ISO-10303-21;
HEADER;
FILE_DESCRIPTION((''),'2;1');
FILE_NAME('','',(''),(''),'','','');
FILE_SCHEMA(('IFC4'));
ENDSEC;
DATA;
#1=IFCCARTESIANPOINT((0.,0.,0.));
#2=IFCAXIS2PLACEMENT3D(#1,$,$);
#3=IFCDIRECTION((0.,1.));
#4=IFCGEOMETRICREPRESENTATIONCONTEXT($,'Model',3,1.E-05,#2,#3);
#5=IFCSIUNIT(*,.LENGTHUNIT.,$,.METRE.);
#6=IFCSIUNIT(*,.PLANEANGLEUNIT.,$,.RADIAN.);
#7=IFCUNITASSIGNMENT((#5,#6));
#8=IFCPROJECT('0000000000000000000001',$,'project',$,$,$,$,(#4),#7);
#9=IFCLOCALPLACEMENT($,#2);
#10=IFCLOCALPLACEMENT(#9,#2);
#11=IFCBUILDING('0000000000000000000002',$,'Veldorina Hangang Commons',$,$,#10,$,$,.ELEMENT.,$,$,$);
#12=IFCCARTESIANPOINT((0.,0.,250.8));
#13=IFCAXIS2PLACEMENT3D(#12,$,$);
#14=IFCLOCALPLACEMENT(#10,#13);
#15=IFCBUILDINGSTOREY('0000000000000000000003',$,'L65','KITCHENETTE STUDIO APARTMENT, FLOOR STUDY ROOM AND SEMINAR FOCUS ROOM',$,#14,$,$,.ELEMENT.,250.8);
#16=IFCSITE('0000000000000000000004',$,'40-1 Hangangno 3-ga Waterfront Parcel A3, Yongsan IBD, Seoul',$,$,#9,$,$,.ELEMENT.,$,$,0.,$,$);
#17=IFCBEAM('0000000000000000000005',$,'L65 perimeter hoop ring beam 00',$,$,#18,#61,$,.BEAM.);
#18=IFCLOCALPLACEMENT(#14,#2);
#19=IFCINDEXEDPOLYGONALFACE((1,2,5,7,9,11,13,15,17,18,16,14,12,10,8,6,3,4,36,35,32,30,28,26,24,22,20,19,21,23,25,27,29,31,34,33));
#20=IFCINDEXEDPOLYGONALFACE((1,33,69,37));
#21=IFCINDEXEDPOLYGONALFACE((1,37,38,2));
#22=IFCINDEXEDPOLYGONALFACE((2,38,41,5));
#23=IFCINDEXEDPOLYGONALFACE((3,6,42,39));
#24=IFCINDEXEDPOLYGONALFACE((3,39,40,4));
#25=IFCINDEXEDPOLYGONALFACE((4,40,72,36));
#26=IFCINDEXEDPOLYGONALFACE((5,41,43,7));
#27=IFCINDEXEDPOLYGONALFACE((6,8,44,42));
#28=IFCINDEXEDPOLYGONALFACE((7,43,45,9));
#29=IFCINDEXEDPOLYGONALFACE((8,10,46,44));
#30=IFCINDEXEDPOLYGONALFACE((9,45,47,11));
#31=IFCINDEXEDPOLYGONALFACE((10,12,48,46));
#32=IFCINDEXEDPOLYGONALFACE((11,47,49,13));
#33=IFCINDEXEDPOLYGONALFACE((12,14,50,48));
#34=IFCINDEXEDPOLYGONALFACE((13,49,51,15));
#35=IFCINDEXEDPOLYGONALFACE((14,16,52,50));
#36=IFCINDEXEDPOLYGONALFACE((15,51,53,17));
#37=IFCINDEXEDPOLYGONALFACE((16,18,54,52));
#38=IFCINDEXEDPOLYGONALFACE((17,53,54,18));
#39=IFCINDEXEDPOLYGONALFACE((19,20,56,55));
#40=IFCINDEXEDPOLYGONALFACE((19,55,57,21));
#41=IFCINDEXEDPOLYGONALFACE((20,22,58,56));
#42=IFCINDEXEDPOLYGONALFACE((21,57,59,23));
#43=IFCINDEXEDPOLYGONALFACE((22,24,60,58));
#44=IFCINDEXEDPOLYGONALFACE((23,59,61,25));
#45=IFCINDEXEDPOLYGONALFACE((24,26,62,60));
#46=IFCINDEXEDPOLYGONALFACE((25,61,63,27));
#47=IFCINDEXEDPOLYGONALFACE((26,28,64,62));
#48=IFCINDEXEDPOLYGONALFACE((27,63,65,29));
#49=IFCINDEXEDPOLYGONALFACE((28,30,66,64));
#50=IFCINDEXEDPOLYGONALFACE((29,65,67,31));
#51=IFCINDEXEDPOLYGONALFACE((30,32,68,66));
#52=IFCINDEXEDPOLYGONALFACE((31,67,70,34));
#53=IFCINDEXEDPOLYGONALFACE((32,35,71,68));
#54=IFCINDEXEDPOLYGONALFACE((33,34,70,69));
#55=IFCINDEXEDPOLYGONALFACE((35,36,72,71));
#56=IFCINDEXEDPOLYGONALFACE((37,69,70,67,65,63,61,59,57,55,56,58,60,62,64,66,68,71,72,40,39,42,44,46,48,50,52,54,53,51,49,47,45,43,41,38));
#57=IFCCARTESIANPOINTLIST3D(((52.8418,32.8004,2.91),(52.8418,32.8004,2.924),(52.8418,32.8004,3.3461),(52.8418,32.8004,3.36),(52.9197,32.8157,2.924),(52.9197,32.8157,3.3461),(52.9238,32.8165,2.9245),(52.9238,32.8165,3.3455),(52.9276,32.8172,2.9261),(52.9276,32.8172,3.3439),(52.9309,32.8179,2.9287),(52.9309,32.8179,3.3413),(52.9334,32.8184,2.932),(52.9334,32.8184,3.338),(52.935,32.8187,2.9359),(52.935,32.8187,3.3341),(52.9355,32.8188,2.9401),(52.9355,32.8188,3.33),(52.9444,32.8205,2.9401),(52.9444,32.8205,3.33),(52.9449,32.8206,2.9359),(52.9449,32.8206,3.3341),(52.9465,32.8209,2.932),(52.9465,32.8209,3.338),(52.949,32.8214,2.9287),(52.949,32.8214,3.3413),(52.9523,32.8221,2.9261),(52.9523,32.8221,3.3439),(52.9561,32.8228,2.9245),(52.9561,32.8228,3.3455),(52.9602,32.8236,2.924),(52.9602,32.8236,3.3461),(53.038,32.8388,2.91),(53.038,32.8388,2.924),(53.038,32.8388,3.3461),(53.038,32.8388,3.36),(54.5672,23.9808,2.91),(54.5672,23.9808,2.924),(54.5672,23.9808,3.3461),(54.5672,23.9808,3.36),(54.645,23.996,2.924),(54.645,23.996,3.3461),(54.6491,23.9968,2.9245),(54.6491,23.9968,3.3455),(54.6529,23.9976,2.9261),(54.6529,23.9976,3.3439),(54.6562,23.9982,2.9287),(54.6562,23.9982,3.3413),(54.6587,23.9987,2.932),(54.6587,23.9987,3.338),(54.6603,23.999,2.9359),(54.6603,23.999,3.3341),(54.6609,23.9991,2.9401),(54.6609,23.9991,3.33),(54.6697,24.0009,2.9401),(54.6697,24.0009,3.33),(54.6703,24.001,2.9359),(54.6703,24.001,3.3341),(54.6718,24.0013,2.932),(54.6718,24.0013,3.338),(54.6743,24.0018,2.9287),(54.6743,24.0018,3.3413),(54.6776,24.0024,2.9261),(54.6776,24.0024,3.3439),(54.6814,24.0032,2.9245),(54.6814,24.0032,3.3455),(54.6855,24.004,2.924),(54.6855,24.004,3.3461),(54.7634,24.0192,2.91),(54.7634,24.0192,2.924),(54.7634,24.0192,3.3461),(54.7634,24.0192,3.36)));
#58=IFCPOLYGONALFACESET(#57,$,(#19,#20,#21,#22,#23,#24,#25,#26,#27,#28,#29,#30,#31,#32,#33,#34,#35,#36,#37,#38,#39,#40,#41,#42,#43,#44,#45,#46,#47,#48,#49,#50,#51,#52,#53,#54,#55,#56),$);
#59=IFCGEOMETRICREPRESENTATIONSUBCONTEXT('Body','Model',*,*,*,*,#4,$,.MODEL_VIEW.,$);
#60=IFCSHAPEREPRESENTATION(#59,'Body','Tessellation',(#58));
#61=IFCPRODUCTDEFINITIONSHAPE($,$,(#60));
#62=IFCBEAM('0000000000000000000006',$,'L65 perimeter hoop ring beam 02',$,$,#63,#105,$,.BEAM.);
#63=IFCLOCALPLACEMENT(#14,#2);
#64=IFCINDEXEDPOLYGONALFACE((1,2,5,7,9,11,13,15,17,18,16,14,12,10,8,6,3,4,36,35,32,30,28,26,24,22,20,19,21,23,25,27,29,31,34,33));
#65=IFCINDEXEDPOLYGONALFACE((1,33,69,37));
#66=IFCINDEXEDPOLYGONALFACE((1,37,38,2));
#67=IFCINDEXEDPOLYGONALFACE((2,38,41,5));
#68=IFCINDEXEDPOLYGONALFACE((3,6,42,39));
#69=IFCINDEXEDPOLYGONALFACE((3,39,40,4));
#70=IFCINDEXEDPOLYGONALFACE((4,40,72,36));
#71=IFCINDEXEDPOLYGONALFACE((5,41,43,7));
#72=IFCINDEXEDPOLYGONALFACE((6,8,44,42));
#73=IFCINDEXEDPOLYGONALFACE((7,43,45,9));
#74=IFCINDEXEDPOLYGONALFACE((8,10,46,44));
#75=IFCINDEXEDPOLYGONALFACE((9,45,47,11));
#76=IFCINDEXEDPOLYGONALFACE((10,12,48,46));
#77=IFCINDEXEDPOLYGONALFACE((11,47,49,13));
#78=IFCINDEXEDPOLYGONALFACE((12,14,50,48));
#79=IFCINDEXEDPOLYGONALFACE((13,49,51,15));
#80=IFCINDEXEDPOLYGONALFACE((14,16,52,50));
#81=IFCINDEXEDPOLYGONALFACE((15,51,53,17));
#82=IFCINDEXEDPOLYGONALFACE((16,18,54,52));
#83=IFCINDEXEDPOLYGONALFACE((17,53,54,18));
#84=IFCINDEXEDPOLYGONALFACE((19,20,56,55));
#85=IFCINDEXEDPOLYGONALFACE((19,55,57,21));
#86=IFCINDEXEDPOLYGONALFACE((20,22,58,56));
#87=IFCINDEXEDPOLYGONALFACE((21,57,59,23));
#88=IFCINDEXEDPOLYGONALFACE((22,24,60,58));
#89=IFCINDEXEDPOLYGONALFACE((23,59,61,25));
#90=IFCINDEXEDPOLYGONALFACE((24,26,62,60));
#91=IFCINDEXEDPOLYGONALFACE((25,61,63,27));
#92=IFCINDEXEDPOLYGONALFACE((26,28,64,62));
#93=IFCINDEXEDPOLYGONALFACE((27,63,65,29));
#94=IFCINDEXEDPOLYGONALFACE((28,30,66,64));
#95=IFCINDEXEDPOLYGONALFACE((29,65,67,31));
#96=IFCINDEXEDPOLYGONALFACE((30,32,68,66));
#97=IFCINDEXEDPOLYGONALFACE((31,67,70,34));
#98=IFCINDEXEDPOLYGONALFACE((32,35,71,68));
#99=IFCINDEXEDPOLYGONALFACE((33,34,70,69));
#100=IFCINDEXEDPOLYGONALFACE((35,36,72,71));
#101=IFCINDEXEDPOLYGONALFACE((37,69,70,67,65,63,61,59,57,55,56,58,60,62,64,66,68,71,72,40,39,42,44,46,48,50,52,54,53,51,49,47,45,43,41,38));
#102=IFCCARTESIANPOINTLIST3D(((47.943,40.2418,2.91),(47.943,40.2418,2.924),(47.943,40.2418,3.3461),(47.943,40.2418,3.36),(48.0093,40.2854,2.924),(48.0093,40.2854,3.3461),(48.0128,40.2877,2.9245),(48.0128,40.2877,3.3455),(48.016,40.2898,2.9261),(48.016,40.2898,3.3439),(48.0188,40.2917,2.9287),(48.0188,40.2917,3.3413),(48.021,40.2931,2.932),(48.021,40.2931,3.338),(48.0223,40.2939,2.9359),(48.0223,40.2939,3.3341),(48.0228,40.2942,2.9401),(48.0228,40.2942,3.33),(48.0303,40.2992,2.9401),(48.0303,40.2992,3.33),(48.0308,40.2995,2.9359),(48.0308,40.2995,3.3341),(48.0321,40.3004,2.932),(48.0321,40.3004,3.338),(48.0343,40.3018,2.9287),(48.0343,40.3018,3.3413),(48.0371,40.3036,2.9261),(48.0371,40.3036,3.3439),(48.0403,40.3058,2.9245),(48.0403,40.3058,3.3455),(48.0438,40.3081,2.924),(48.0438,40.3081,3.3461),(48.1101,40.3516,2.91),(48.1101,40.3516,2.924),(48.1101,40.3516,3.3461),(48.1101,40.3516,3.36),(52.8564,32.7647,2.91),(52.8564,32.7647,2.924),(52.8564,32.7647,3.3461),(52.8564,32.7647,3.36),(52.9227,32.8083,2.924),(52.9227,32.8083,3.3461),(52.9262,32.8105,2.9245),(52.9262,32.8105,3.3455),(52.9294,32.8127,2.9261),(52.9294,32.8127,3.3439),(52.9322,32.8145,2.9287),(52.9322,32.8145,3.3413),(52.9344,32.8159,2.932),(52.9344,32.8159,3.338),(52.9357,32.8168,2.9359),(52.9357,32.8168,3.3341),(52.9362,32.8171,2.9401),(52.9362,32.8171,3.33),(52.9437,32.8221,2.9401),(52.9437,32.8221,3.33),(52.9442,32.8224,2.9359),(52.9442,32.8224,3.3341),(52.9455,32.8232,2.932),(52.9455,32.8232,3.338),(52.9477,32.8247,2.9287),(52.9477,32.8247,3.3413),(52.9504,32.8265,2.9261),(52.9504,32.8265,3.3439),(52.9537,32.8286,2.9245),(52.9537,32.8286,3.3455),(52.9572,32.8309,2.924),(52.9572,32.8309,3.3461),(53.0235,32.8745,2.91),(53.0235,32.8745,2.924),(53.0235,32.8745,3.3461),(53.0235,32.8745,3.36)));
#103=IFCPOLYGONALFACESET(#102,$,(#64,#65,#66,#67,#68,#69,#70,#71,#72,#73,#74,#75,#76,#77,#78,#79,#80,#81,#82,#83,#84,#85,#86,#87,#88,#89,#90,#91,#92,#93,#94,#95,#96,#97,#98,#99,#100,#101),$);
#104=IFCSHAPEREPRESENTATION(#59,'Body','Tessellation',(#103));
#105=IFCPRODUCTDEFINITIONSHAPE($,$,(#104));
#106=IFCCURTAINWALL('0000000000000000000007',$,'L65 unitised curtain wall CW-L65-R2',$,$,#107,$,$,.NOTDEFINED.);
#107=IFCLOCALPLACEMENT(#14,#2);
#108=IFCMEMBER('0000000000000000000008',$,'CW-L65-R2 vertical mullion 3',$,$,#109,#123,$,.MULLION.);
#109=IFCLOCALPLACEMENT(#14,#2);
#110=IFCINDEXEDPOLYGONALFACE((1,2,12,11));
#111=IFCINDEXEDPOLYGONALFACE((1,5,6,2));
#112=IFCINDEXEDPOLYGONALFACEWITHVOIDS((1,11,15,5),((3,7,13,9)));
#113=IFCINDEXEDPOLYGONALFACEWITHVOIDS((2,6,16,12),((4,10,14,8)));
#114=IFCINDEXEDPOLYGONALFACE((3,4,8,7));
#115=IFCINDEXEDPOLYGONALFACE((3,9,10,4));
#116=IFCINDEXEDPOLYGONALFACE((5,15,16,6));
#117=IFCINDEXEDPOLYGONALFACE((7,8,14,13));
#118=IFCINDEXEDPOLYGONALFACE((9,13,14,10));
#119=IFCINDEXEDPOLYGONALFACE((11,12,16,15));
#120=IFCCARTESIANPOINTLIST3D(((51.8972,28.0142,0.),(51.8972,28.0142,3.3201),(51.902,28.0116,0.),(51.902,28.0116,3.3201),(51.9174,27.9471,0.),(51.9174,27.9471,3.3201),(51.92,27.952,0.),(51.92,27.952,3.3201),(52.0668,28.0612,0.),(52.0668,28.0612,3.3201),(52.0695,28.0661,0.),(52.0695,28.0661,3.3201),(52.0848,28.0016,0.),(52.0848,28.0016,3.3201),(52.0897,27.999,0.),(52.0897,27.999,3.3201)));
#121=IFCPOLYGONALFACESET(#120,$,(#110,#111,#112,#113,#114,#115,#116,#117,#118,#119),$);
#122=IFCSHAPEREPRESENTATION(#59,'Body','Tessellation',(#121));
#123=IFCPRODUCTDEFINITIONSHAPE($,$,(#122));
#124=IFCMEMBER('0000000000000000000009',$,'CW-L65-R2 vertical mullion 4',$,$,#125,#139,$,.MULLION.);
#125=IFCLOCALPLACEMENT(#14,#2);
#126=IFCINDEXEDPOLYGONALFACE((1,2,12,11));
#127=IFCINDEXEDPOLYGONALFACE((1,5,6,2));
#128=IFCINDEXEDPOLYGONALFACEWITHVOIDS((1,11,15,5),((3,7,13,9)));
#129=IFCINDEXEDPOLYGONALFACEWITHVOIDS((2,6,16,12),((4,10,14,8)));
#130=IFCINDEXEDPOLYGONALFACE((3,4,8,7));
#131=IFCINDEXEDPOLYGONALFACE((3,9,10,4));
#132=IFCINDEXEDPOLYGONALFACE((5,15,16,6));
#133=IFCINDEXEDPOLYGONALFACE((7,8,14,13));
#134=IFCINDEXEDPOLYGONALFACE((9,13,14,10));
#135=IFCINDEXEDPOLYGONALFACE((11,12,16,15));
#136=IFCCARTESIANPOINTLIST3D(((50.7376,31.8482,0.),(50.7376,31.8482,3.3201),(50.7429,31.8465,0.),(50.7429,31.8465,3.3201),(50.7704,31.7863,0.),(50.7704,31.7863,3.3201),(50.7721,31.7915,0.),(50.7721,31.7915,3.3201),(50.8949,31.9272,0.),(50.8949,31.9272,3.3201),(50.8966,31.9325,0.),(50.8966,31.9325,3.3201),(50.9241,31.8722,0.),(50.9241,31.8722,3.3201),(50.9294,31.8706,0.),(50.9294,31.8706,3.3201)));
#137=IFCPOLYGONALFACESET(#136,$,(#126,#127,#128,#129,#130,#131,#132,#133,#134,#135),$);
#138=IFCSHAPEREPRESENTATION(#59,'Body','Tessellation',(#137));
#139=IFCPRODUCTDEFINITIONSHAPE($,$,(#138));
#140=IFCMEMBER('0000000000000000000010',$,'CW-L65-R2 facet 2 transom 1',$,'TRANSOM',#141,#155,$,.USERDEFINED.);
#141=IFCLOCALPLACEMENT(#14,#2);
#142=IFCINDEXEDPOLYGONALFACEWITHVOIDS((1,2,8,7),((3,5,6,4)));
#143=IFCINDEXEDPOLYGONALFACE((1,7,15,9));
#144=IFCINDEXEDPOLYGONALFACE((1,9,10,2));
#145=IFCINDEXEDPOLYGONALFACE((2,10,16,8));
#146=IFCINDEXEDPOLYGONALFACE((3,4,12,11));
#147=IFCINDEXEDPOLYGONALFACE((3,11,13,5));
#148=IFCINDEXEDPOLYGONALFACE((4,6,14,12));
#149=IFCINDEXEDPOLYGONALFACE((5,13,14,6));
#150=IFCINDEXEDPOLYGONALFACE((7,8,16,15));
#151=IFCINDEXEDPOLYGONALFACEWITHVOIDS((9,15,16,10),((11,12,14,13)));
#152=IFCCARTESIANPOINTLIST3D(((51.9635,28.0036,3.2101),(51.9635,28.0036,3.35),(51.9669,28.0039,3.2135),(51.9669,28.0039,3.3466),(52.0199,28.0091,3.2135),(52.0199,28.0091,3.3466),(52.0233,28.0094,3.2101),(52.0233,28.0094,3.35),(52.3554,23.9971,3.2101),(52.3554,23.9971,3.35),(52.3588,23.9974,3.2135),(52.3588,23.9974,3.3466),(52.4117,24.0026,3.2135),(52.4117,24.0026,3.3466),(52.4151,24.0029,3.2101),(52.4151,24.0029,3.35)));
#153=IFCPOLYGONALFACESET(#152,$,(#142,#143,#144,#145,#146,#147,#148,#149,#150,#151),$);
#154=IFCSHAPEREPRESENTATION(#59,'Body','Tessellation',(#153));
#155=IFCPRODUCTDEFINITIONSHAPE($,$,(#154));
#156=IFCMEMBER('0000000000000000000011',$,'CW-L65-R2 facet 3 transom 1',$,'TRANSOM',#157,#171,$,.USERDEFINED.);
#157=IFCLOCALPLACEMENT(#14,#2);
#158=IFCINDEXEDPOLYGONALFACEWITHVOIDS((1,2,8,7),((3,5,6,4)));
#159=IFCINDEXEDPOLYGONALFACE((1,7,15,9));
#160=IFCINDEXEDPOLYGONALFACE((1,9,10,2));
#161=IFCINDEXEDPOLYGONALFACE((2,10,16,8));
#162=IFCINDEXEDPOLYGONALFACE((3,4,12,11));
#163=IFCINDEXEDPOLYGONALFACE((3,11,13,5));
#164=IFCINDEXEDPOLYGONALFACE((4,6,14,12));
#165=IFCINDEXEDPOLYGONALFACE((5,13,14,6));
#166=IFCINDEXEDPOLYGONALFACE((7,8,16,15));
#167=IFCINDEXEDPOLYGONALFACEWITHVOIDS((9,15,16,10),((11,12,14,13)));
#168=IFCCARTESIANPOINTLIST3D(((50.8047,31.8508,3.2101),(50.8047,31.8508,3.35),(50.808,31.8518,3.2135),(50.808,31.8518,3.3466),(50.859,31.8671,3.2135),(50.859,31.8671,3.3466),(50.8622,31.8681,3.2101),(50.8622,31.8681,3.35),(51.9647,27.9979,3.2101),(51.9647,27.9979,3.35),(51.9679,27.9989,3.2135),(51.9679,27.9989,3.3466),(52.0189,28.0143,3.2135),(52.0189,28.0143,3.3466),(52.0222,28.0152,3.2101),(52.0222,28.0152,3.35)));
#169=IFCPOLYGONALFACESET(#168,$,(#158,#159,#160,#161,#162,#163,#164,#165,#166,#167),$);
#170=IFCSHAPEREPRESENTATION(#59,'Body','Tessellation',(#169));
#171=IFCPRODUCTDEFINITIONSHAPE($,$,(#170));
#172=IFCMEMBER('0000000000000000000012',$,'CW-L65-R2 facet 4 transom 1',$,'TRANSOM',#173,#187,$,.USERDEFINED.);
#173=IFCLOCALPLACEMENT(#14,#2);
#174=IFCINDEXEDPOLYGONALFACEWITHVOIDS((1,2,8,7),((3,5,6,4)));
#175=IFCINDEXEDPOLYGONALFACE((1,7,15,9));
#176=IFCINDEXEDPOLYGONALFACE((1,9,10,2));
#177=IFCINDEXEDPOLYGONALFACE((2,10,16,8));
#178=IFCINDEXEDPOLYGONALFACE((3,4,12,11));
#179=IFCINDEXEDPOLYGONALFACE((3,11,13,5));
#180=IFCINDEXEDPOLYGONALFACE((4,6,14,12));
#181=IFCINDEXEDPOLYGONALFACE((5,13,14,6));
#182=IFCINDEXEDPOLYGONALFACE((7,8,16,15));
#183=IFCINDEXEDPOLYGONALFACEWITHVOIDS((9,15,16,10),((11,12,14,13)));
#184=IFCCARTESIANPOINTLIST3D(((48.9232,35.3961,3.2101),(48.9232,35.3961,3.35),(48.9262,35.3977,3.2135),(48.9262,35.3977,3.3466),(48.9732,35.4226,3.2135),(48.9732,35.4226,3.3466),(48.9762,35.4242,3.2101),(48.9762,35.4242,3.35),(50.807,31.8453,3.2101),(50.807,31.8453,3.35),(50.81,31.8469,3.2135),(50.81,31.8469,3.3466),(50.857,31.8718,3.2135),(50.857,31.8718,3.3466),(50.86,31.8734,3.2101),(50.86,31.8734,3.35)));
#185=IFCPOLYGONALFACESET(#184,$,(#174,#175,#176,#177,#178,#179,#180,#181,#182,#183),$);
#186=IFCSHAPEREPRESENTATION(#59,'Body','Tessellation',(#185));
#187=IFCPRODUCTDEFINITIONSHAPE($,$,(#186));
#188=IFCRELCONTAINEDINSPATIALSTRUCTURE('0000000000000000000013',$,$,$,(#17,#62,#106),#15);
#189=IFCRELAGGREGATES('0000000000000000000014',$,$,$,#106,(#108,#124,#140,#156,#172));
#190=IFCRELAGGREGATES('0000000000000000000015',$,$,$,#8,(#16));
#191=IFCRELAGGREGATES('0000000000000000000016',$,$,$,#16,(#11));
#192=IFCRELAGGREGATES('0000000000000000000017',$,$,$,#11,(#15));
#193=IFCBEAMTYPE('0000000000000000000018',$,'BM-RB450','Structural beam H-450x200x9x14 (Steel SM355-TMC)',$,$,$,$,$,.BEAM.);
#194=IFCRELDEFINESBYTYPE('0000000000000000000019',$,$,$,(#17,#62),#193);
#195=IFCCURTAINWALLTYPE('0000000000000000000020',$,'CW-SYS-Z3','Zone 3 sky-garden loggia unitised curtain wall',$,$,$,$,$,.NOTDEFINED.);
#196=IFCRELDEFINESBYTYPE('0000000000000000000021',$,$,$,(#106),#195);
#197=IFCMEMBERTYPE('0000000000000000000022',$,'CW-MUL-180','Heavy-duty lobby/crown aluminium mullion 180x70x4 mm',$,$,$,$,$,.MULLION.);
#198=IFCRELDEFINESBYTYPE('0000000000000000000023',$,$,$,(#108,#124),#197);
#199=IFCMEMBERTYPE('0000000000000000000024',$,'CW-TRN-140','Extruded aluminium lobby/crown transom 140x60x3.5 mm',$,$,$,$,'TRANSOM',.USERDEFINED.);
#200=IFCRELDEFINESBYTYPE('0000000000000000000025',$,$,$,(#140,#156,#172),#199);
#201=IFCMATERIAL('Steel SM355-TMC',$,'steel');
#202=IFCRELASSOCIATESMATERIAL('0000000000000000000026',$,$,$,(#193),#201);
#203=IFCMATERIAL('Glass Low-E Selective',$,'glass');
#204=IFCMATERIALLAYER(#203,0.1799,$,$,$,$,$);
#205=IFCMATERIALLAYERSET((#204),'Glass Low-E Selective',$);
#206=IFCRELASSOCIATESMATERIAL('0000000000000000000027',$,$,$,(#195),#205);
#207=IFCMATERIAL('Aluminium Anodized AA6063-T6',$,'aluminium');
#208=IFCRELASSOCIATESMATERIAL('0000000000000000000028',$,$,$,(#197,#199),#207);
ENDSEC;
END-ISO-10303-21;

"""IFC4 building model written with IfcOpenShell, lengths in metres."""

from ifc_helpers import new_model, si_unit, direction, frame, origin, origin_2d, place, context, subcontext, project, spatial, hollow_rectangle, i_section, extrude, material, layer, layer_set, material_profile, profile_set, type_object, element, aggregate, save


model = new_model("IFC4")

# Units and contexts
model_context = context("Model", 3, precision=1e-05, world=origin(), true_north=direction((0.0, 1.0)))
body_context = subcontext(model_context, "Body", "Model", "MODEL_VIEW")
ifc_project = project(units=[si_unit("LENGTHUNIT", "METRE"), si_unit("PLANEANGLEUNIT", "RADIAN")], contexts=[model_context])

# Site, building, storey
site_placement = place(None, origin())
site = spatial("IfcSite", under=ifc_project, at=site_placement, Name="40-1 Hangangno 3-ga Waterfront Parcel A3, Yongsan IBD, Seoul", CompositionType="ELEMENT", RefElevation=0.0)
building_placement = place(site_placement, origin())
building = spatial("IfcBuilding", under=site, at=building_placement, Name="Veldorina Hangang Commons", CompositionType="ELEMENT")
storey_placement = place(building_placement, frame((0.0, 0.0, 250.8)))
storey = spatial("IfcBuildingStorey", under=building, at=storey_placement, Name="L65", Description="KITCHENETTE STUDIO APARTMENT, FLOOR STUDY ROOM AND SEMINAR FOCUS ROOM", CompositionType="ELEMENT", Elevation=250.8)

# Beams
ifc_material_1 = material(Name="Steel SM355-TMC", Category="steel")
ifc_material_profile_1 = material_profile(ifc_material_1, i_section(OverallWidth=0.2, OverallDepth=0.45, WebThickness=0.009, FlangeThickness=0.0139, FilletRadius=0.0161, at=origin_2d()), Name="H-450x200x9x14")
ifc_profile_set_1 = profile_set([ifc_material_profile_1], Name="Steel SM355-TMC")
beam_type = type_object("IfcBeamType", Name="BM-RB450", Description="Structural beam H-450x200x9x14 (Steel SM355-TMC)", PredefinedType="BEAM", material=ifc_profile_set_1)
beam_1_placement = place(storey_placement, frame((54.6653, 24.0, 3.135), z_axis=(-0.191987, 0.981397, 0.0), x_axis=(-0.981397, -0.191987, 0.0)))
element("IfcBeam", 1, at=beam_1_placement, inside=storey, type_object=beam_type, Name="L65 perimeter hoop ring beam 00", PredefinedType="BEAM", context=body_context, shape_type="SweptSolid", body=[
    extrude(i_section(OverallWidth=0.2, OverallDepth=0.45, WebThickness=0.009, FlangeThickness=0.0139, FilletRadius=0.0161, at=origin_2d()), origin(), (0.0, 0.0, 1.0), 8.9868),
])
beam_2_placement = place(storey_placement, frame((52.9399, 32.8196, 3.135), z_axis=(-0.549165, 0.835714, 0.0), x_axis=(-0.835714, -0.549165, 0.0)))
element("IfcBeam", 2, at=beam_2_placement, inside=storey, type_object=beam_type, Name="L65 perimeter hoop ring beam 02", PredefinedType="BEAM", context=body_context, shape_type="SweptSolid", body=[
    extrude(i_section(OverallWidth=0.2, OverallDepth=0.45, WebThickness=0.009, FlangeThickness=0.0139, FilletRadius=0.0161, at=origin_2d()), origin(), (0.0, 0.0, 1.0), 8.947),
])

# Curtain wall, members
ifc_material_2 = material(Name="Glass Low-E Selective", Category="glass")
ifc_layer_1 = layer(ifc_material_2, 0.1799)
ifc_layer_set_1 = layer_set([ifc_layer_1], Name="Glass Low-E Selective")
curtain_wall_type = type_object("IfcCurtainWallType", Name="CW-SYS-Z3", Description="Zone 3 sky-garden loggia unitised curtain wall", PredefinedType="NOTDEFINED", material=ifc_layer_set_1)
curtain_wall_placement = place(storey_placement, origin())
curtain_wall = element("IfcCurtainWall", 3, at=curtain_wall_placement, inside=storey, type_object=curtain_wall_type, Name="L65 unitised curtain wall CW-L65-R2", PredefinedType="NOTDEFINED")
ifc_material_3 = material(Name="Aluminium Anodized AA6063-T6", Category="aluminium")
ifc_material_profile_2 = material_profile(ifc_material_3, hollow_rectangle(XDim=0.0701, YDim=0.1799, WallThickness=0.0039, at=origin_2d()), Name="ALU-RHS-180x70x4")
ifc_profile_set_2 = profile_set([ifc_material_profile_2], Name="Aluminium Anodized AA6063-T6")
member_type_1 = type_object("IfcMemberType", Name="CW-MUL-180", Description="Heavy-duty lobby/crown aluminium mullion 180x70x4 mm", PredefinedType="MULLION", material=ifc_profile_set_2)
member_1_placement = place(storey_placement, frame((51.9934, 28.0066, 0.0), z_axis=(0.0, 0.0, 1.0), x_axis=(-0.288297, 0.957541, 0.0)))
member_1 = element("IfcMember", 4, at=member_1_placement, type_object=member_type_1, Name="CW-L65-R2 vertical mullion 3", PredefinedType="MULLION", context=body_context, shape_type="SweptSolid", body=[
    extrude(hollow_rectangle(XDim=0.0701, YDim=0.1799, WallThickness=0.0039, at=origin_2d()), origin(), (0.0, 0.0, 1.0), 3.3201),
])
member_2_placement = place(storey_placement, frame((50.8335, 31.8594, 0.0), z_axis=(0.0, 0.0, 1.0), x_axis=(-0.46867, 0.883373, 0.0)))
member_2 = element("IfcMember", 5, at=member_2_placement, type_object=member_type_1, Name="CW-L65-R2 vertical mullion 4", PredefinedType="MULLION", context=body_context, shape_type="SweptSolid", body=[
    extrude(hollow_rectangle(XDim=0.0701, YDim=0.1799, WallThickness=0.0039, at=origin_2d()), origin(), (0.0, 0.0, 1.0), 3.3201),
])
ifc_material_profile_3 = material_profile(ifc_material_3, hollow_rectangle(XDim=0.0601, YDim=0.1399, WallThickness=0.0034, at=origin_2d()), Name="ALU-RHS-140x60x3.5")
ifc_profile_set_3 = profile_set([ifc_material_profile_3], Name="Aluminium Anodized AA6063-T6")
member_type_2 = type_object("IfcMemberType", Name="CW-TRN-140", Description="Extruded aluminium lobby/crown transom 140x60x3.5 mm", ElementType="TRANSOM", PredefinedType="USERDEFINED", material=ifc_profile_set_3)
member_3_placement = place(storey_placement, frame((52.3853, 24.0, 3.28), z_axis=(-0.097336, 0.995252, 0.0), x_axis=(-0.995252, -0.097336, 0.0)))
member_3 = element("IfcMember", 6, at=member_3_placement, type_object=member_type_2, Name="CW-L65-R2 facet 2 transom 1", ObjectType="TRANSOM", PredefinedType="USERDEFINED", context=body_context, shape_type="SweptSolid", body=[
    extrude(hollow_rectangle(XDim=0.0601, YDim=0.1399, WallThickness=0.0034, at=origin_2d()), origin(), (0.0, 0.0, 1.0), 4.0256),
])
member_4_placement = place(storey_placement, frame((51.9934, 28.0066, 3.28), z_axis=(-0.288277, 0.957547, 0.0), x_axis=(-0.957547, -0.288277, 0.0)))
member_4 = element("IfcMember", 7, at=member_4_placement, type_object=member_type_2, Name="CW-L65-R2 facet 3 transom 1", ObjectType="TRANSOM", PredefinedType="USERDEFINED", context=body_context, shape_type="SweptSolid", body=[
    extrude(hollow_rectangle(XDim=0.0601, YDim=0.1399, WallThickness=0.0034, at=origin_2d()), origin(), (0.0, 0.0, 1.0), 4.0237),
])
member_5_placement = place(storey_placement, frame((50.8335, 31.8594, 3.28), z_axis=(-0.468658, 0.88338, 0.0), x_axis=(-0.88338, -0.468658, 0.0)))
member_5 = element("IfcMember", 8, at=member_5_placement, type_object=member_type_2, Name="CW-L65-R2 facet 4 transom 1", ObjectType="TRANSOM", PredefinedType="USERDEFINED", context=body_context, shape_type="SweptSolid", body=[
    extrude(hollow_rectangle(XDim=0.0601, YDim=0.1399, WallThickness=0.0034, at=origin_2d()), origin(), (0.0, 0.0, 1.0), 4.0195),
])

aggregate(curtain_wall, [member_1, member_2, member_3, member_4, member_5])

save(model, "model.ifc")
